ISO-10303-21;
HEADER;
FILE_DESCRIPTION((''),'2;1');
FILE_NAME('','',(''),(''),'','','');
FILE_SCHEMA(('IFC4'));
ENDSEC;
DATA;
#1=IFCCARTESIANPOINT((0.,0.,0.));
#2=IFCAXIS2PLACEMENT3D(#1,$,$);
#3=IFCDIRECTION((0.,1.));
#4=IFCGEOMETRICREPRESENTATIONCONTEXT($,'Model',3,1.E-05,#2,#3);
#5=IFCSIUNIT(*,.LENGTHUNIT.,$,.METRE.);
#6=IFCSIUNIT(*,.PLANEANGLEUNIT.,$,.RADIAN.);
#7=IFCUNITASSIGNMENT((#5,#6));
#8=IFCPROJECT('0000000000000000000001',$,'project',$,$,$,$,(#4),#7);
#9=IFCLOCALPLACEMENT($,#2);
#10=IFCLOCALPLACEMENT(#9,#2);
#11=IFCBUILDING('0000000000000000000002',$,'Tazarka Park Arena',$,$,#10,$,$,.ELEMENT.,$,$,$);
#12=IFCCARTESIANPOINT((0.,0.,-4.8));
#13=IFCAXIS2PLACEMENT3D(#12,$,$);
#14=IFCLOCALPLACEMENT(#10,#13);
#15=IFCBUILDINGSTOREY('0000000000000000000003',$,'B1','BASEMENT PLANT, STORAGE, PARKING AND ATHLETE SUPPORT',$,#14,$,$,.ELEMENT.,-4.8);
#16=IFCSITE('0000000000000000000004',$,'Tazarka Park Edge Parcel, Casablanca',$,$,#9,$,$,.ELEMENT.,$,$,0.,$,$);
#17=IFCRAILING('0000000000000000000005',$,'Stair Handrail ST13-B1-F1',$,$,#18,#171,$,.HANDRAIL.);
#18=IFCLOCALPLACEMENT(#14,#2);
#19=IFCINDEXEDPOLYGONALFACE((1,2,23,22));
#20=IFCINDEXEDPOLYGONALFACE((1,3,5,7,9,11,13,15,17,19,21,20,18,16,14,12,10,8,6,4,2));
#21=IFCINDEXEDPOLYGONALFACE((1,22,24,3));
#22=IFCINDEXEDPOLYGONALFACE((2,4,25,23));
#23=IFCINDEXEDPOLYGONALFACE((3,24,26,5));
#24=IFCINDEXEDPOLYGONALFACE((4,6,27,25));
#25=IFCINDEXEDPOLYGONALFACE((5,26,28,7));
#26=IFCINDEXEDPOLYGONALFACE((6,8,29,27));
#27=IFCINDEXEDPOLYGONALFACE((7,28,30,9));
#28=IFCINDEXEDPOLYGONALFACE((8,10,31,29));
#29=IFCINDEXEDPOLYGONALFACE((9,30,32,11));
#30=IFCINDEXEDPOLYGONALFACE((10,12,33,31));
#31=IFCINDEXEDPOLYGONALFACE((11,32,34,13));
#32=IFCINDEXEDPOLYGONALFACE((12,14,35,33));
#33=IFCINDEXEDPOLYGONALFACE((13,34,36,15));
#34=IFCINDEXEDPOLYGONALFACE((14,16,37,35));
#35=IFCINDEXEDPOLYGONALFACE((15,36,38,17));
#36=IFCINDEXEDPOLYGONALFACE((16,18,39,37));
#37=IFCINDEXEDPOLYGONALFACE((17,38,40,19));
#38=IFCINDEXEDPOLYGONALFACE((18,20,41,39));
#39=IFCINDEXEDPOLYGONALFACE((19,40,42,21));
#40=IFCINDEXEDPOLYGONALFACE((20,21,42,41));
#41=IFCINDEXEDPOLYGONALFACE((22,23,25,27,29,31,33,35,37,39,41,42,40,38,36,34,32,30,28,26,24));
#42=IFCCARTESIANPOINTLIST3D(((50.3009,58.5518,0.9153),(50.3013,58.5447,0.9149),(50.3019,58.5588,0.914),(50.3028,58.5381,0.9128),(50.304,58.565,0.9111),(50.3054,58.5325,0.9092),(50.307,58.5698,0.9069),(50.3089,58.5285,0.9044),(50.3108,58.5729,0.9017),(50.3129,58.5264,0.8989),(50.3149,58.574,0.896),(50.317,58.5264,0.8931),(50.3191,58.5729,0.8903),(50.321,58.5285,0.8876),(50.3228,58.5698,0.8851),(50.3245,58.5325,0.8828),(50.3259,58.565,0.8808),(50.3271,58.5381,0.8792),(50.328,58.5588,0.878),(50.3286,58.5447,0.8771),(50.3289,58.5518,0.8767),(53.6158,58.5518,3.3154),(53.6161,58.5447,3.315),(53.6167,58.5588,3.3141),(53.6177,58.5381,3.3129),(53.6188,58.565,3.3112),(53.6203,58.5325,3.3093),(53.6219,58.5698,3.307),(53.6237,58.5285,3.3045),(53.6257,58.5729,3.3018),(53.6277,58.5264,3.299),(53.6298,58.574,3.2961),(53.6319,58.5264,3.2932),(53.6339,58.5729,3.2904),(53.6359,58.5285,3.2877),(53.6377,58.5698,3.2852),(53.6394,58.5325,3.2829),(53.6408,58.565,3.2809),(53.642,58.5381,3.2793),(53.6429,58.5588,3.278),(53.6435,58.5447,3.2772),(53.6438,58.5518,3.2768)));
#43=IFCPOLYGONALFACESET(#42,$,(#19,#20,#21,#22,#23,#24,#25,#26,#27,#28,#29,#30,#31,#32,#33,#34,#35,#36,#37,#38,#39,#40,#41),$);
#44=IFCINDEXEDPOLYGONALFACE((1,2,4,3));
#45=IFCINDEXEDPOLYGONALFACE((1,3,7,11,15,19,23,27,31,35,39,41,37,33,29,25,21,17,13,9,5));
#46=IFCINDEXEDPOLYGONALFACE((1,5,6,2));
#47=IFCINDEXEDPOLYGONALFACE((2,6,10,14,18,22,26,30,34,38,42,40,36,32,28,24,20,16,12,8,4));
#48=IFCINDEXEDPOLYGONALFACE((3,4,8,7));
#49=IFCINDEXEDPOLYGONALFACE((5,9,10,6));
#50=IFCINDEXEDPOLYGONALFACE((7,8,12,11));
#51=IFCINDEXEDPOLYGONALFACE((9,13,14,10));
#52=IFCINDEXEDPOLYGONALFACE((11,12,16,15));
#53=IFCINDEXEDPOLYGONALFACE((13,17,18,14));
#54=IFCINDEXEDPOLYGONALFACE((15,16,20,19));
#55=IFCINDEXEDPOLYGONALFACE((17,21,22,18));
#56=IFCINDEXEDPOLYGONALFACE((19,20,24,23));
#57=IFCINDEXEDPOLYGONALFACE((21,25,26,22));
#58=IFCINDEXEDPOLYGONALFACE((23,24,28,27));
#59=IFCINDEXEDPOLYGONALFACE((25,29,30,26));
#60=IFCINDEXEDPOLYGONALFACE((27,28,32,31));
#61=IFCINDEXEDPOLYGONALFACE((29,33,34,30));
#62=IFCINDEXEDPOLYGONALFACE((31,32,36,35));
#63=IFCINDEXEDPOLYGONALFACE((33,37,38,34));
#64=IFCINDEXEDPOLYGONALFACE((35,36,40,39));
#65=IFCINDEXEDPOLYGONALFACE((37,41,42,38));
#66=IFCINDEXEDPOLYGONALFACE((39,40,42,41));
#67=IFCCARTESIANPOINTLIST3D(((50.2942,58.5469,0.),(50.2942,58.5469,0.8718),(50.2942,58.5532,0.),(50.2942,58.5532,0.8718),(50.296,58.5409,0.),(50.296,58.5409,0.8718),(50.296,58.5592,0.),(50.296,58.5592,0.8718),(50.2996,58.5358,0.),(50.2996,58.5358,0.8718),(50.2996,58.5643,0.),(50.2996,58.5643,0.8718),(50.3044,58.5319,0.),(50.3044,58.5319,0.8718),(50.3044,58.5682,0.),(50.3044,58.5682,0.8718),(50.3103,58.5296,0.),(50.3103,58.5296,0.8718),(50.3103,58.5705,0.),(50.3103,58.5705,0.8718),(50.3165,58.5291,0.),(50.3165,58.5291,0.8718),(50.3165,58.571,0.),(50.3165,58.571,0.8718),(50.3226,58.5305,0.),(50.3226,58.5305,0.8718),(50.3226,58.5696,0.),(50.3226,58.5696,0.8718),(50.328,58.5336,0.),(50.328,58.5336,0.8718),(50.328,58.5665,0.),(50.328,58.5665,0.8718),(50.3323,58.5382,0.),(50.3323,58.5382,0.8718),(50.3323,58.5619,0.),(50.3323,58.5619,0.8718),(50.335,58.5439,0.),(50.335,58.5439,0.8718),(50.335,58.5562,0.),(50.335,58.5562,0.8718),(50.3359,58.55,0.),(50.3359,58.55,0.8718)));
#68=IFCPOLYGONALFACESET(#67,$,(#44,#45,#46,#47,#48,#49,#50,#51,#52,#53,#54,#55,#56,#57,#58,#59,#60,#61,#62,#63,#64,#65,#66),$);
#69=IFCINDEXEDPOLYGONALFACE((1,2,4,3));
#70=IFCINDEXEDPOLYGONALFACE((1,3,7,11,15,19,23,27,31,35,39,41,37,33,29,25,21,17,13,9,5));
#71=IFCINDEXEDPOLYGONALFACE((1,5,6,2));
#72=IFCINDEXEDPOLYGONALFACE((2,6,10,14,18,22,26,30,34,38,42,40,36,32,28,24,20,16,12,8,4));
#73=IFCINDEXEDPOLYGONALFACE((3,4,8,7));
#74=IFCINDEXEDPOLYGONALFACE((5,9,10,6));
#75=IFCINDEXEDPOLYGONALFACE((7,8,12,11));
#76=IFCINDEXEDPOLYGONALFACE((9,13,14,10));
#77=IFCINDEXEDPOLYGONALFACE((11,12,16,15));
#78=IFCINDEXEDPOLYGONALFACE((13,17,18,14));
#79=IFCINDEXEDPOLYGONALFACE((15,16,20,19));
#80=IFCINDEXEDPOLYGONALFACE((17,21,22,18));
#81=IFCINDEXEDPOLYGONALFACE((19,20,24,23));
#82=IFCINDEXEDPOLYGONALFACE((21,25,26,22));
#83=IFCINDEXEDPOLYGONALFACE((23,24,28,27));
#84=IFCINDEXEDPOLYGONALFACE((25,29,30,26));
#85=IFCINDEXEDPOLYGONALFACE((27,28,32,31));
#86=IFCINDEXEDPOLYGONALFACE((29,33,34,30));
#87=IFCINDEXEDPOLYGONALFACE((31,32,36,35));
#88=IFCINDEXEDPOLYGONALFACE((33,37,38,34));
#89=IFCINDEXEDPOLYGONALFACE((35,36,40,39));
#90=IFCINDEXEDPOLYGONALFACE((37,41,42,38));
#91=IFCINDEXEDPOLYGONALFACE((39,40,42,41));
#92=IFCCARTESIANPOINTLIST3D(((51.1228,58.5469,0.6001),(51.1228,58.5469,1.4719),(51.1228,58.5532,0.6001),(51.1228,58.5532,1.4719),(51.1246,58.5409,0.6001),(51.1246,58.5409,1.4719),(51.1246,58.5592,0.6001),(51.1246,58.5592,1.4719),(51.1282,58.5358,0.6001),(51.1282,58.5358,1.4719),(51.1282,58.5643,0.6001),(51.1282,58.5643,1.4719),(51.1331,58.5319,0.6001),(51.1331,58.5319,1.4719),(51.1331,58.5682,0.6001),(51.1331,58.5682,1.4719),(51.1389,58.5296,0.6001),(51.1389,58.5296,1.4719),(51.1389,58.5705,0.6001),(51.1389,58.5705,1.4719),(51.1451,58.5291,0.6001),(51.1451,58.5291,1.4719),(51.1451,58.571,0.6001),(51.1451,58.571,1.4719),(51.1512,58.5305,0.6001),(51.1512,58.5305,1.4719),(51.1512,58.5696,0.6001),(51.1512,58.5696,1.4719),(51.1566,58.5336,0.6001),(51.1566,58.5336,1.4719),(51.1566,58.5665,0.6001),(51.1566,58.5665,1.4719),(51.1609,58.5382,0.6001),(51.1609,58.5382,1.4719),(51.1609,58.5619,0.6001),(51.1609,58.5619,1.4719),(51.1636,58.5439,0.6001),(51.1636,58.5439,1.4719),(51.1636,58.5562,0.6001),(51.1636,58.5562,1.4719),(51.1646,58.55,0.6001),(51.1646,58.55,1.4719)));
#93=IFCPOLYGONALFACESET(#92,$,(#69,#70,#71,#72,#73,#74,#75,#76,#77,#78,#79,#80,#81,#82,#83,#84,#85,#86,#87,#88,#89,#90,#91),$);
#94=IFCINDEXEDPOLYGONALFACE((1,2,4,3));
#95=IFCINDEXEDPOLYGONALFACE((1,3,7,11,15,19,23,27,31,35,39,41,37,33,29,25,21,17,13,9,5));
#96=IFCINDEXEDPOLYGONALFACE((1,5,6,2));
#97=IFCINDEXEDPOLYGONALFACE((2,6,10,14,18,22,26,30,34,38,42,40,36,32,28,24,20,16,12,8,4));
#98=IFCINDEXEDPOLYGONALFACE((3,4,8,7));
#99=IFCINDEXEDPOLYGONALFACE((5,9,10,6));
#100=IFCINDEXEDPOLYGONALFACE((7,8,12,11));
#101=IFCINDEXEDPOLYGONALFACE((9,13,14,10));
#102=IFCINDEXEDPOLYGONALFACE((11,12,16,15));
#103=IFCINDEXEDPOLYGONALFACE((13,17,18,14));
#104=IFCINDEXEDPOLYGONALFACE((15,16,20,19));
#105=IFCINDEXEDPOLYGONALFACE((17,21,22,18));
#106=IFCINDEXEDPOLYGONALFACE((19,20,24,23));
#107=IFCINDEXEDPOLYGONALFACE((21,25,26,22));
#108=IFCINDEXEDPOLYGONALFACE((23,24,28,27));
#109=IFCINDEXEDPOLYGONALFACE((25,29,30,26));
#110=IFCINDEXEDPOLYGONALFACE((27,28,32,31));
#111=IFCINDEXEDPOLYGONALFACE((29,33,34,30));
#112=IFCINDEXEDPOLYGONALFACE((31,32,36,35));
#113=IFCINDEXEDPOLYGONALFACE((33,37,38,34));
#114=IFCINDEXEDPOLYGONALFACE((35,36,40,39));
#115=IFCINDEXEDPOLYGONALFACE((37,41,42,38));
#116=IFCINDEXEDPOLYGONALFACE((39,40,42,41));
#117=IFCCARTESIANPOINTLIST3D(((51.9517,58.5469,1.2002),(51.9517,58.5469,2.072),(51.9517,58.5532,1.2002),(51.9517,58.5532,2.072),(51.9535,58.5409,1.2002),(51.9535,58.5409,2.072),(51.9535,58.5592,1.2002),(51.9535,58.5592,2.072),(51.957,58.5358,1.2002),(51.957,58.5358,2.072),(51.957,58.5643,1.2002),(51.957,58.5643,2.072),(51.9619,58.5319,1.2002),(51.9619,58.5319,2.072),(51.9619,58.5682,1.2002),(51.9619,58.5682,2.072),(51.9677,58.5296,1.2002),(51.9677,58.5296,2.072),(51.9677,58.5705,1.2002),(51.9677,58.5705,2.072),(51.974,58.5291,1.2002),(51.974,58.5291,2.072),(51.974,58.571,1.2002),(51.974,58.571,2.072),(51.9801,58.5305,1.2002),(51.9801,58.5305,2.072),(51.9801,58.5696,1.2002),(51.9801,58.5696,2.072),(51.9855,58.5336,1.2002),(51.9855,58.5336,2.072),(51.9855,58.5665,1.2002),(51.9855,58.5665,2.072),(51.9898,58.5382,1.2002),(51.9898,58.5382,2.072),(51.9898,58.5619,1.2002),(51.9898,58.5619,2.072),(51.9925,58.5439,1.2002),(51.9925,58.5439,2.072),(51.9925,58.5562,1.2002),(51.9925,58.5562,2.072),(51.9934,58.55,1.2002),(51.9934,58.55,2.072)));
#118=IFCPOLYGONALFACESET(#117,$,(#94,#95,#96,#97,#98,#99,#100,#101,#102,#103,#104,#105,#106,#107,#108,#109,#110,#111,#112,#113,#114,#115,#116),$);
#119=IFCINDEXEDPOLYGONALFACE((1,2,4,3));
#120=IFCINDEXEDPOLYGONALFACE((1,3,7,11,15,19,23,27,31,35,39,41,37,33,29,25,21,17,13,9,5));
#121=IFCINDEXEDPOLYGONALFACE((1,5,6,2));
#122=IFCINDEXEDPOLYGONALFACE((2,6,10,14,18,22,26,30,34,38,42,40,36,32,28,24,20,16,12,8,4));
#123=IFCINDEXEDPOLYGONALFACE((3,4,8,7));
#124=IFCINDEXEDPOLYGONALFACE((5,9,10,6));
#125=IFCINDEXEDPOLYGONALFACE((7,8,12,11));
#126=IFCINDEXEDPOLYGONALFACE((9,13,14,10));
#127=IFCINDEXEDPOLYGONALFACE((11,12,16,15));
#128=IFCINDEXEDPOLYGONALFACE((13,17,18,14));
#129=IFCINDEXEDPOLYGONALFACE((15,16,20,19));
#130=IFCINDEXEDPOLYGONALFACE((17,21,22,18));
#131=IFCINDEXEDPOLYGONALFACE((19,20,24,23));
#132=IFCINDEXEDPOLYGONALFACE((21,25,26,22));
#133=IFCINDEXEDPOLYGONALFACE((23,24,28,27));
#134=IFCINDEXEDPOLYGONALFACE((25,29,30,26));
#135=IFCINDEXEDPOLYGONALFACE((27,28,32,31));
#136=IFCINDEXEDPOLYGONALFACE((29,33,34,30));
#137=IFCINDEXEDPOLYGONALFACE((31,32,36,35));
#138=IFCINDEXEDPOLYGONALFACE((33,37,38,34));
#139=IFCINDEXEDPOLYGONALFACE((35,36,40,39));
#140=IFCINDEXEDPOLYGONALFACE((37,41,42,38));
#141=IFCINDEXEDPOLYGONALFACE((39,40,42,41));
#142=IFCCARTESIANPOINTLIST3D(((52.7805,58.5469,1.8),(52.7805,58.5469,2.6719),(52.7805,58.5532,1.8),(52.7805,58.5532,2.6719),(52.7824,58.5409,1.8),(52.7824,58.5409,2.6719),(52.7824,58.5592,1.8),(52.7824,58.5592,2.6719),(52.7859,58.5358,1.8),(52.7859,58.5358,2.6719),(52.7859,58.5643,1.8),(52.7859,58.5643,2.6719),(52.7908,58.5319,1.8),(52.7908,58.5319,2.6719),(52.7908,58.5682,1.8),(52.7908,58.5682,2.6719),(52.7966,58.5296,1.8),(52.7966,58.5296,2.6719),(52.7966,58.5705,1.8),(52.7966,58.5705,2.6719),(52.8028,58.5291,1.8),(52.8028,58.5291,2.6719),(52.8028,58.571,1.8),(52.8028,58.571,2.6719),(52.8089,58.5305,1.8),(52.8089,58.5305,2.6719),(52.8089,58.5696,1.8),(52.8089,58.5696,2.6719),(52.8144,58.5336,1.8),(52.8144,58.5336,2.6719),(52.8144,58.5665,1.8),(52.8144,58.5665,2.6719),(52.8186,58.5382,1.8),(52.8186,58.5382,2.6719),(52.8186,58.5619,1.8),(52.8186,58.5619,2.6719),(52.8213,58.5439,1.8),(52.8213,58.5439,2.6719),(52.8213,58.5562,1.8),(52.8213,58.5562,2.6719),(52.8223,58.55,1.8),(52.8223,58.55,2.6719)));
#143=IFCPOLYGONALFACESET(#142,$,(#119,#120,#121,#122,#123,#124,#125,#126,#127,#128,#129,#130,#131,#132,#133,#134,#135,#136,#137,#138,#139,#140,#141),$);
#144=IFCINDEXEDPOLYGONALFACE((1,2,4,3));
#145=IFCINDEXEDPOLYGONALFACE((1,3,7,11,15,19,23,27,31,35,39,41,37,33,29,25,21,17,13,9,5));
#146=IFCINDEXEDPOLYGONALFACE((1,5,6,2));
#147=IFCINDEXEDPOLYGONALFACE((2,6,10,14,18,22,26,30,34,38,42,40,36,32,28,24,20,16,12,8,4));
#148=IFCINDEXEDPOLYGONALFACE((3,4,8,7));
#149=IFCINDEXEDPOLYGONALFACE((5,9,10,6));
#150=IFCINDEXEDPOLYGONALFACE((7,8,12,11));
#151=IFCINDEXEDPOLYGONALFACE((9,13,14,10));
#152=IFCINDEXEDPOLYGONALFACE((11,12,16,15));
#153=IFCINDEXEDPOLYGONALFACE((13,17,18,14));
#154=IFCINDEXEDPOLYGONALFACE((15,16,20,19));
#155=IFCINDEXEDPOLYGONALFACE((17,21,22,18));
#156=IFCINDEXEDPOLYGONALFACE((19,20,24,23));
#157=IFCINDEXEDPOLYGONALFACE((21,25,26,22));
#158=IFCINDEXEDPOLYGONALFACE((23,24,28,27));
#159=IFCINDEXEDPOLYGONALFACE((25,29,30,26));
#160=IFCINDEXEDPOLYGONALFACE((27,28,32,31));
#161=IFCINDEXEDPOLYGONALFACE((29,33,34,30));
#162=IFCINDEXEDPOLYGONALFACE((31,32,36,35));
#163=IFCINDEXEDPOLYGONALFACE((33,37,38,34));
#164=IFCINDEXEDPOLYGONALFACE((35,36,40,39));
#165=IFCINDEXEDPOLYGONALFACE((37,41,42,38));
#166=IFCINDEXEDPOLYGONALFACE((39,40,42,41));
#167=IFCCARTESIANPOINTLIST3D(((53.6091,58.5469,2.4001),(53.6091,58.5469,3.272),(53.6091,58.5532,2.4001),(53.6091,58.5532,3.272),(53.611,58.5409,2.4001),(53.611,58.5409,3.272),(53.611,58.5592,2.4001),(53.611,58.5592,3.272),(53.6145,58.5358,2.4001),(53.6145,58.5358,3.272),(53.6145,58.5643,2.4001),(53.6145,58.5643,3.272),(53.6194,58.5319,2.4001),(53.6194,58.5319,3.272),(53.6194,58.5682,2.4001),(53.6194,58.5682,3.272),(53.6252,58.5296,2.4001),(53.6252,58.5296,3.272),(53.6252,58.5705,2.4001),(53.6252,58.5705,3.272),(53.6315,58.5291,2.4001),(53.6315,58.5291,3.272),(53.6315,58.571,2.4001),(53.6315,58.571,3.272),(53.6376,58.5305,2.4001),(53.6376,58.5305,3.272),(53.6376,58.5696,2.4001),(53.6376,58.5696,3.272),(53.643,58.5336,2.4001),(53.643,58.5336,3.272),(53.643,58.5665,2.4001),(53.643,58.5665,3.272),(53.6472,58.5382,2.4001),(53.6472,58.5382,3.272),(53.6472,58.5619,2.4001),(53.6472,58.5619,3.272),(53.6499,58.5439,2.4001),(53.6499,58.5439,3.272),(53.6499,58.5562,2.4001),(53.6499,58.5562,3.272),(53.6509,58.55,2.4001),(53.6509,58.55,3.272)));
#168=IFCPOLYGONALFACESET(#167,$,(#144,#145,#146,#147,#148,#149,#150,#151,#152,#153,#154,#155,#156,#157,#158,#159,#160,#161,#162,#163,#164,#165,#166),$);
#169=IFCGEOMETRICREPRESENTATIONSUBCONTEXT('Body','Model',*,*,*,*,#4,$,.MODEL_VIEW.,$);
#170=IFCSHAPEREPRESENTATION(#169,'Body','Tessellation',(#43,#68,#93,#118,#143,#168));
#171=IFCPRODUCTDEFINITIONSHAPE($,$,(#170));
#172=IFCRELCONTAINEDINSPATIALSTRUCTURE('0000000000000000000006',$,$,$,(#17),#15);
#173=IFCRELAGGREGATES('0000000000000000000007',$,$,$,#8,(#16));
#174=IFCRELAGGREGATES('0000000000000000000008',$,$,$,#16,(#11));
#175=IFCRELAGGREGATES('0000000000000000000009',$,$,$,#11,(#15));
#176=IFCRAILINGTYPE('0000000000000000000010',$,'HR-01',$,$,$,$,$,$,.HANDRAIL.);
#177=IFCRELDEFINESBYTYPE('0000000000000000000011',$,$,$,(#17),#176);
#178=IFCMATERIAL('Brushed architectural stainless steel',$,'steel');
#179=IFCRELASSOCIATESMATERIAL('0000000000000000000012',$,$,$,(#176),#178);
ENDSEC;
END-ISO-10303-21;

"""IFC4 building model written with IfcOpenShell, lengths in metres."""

from ifc_helpers import new_model, si_unit, direction, frame, origin, origin_2d, place, context, subcontext, project, spatial, circle, extrude, material, type_object, element, save


model = new_model("IFC4")

# Units and contexts
model_context = context("Model", 3, precision=1e-05, world=origin(), true_north=direction((0.0, 1.0)))
body_context = subcontext(model_context, "Body", "Model", "MODEL_VIEW")
ifc_project = project(units=[si_unit("LENGTHUNIT", "METRE"), si_unit("PLANEANGLEUNIT", "RADIAN")], contexts=[model_context])

# Site, building, storey
site_placement = place(None, origin())
site = spatial("IfcSite", under=ifc_project, at=site_placement, Name="Tazarka Park Edge Parcel, Casablanca", CompositionType="ELEMENT", RefElevation=0.0)
building_placement = place(site_placement, origin())
building = spatial("IfcBuilding", under=site, at=building_placement, Name="Tazarka Park Arena", CompositionType="ELEMENT")
storey_placement = place(building_placement, frame((0.0, 0.0, -4.8)))
storey = spatial("IfcBuildingStorey", under=building, at=storey_placement, Name="B1", Description="BASEMENT PLANT, STORAGE, PARKING AND ATHLETE SUPPORT", CompositionType="ELEMENT", Elevation=-4.8)

# Railing
ifc_material_1 = material(Name="Brushed architectural stainless steel", Category="steel")
railing_type_1 = type_object("IfcRailingType", Name="HR-01", PredefinedType="HANDRAIL", material=ifc_material_1)
railing_1_placement = place(storey_placement, frame((50.3149, 58.55, 0.0)))
element("IfcRailing", 1, at=railing_1_placement, inside=storey, type_object=railing_type_1, Name="Stair Handrail ST13-B1-F1", PredefinedType="HANDRAIL", context=body_context, shape_type="SweptSolid", body=[
    extrude(circle(Radius=0.0239, at=origin_2d()), frame((0.0, 0.0, 0.896), z_axis=(0.80998, 0.0, 0.586457), x_axis=(0.0, 1.0, 0.0)), (0.0, 0.0, 1.0), 4.0925),
    extrude(circle(Radius=0.021, at=origin_2d()), origin(), (0.0, 0.0, 1.0), 0.8718),
    extrude(circle(Radius=0.021, at=origin_2d()), frame((0.8286, 0.0, 0.6001)), (0.0, 0.0, 1.0), 0.8718),
    extrude(circle(Radius=0.021, at=origin_2d()), frame((1.6575, 0.0, 1.2002)), (0.0, 0.0, 1.0), 0.8718),
    extrude(circle(Radius=0.021, at=origin_2d()), frame((2.4863, 0.0, 1.8)), (0.0, 0.0, 1.0), 0.8718),
    extrude(circle(Radius=0.021, at=origin_2d()), frame((3.3149, 0.0, 2.4001)), (0.0, 0.0, 1.0), 0.8718),
])

save(model, "model.ifc")
